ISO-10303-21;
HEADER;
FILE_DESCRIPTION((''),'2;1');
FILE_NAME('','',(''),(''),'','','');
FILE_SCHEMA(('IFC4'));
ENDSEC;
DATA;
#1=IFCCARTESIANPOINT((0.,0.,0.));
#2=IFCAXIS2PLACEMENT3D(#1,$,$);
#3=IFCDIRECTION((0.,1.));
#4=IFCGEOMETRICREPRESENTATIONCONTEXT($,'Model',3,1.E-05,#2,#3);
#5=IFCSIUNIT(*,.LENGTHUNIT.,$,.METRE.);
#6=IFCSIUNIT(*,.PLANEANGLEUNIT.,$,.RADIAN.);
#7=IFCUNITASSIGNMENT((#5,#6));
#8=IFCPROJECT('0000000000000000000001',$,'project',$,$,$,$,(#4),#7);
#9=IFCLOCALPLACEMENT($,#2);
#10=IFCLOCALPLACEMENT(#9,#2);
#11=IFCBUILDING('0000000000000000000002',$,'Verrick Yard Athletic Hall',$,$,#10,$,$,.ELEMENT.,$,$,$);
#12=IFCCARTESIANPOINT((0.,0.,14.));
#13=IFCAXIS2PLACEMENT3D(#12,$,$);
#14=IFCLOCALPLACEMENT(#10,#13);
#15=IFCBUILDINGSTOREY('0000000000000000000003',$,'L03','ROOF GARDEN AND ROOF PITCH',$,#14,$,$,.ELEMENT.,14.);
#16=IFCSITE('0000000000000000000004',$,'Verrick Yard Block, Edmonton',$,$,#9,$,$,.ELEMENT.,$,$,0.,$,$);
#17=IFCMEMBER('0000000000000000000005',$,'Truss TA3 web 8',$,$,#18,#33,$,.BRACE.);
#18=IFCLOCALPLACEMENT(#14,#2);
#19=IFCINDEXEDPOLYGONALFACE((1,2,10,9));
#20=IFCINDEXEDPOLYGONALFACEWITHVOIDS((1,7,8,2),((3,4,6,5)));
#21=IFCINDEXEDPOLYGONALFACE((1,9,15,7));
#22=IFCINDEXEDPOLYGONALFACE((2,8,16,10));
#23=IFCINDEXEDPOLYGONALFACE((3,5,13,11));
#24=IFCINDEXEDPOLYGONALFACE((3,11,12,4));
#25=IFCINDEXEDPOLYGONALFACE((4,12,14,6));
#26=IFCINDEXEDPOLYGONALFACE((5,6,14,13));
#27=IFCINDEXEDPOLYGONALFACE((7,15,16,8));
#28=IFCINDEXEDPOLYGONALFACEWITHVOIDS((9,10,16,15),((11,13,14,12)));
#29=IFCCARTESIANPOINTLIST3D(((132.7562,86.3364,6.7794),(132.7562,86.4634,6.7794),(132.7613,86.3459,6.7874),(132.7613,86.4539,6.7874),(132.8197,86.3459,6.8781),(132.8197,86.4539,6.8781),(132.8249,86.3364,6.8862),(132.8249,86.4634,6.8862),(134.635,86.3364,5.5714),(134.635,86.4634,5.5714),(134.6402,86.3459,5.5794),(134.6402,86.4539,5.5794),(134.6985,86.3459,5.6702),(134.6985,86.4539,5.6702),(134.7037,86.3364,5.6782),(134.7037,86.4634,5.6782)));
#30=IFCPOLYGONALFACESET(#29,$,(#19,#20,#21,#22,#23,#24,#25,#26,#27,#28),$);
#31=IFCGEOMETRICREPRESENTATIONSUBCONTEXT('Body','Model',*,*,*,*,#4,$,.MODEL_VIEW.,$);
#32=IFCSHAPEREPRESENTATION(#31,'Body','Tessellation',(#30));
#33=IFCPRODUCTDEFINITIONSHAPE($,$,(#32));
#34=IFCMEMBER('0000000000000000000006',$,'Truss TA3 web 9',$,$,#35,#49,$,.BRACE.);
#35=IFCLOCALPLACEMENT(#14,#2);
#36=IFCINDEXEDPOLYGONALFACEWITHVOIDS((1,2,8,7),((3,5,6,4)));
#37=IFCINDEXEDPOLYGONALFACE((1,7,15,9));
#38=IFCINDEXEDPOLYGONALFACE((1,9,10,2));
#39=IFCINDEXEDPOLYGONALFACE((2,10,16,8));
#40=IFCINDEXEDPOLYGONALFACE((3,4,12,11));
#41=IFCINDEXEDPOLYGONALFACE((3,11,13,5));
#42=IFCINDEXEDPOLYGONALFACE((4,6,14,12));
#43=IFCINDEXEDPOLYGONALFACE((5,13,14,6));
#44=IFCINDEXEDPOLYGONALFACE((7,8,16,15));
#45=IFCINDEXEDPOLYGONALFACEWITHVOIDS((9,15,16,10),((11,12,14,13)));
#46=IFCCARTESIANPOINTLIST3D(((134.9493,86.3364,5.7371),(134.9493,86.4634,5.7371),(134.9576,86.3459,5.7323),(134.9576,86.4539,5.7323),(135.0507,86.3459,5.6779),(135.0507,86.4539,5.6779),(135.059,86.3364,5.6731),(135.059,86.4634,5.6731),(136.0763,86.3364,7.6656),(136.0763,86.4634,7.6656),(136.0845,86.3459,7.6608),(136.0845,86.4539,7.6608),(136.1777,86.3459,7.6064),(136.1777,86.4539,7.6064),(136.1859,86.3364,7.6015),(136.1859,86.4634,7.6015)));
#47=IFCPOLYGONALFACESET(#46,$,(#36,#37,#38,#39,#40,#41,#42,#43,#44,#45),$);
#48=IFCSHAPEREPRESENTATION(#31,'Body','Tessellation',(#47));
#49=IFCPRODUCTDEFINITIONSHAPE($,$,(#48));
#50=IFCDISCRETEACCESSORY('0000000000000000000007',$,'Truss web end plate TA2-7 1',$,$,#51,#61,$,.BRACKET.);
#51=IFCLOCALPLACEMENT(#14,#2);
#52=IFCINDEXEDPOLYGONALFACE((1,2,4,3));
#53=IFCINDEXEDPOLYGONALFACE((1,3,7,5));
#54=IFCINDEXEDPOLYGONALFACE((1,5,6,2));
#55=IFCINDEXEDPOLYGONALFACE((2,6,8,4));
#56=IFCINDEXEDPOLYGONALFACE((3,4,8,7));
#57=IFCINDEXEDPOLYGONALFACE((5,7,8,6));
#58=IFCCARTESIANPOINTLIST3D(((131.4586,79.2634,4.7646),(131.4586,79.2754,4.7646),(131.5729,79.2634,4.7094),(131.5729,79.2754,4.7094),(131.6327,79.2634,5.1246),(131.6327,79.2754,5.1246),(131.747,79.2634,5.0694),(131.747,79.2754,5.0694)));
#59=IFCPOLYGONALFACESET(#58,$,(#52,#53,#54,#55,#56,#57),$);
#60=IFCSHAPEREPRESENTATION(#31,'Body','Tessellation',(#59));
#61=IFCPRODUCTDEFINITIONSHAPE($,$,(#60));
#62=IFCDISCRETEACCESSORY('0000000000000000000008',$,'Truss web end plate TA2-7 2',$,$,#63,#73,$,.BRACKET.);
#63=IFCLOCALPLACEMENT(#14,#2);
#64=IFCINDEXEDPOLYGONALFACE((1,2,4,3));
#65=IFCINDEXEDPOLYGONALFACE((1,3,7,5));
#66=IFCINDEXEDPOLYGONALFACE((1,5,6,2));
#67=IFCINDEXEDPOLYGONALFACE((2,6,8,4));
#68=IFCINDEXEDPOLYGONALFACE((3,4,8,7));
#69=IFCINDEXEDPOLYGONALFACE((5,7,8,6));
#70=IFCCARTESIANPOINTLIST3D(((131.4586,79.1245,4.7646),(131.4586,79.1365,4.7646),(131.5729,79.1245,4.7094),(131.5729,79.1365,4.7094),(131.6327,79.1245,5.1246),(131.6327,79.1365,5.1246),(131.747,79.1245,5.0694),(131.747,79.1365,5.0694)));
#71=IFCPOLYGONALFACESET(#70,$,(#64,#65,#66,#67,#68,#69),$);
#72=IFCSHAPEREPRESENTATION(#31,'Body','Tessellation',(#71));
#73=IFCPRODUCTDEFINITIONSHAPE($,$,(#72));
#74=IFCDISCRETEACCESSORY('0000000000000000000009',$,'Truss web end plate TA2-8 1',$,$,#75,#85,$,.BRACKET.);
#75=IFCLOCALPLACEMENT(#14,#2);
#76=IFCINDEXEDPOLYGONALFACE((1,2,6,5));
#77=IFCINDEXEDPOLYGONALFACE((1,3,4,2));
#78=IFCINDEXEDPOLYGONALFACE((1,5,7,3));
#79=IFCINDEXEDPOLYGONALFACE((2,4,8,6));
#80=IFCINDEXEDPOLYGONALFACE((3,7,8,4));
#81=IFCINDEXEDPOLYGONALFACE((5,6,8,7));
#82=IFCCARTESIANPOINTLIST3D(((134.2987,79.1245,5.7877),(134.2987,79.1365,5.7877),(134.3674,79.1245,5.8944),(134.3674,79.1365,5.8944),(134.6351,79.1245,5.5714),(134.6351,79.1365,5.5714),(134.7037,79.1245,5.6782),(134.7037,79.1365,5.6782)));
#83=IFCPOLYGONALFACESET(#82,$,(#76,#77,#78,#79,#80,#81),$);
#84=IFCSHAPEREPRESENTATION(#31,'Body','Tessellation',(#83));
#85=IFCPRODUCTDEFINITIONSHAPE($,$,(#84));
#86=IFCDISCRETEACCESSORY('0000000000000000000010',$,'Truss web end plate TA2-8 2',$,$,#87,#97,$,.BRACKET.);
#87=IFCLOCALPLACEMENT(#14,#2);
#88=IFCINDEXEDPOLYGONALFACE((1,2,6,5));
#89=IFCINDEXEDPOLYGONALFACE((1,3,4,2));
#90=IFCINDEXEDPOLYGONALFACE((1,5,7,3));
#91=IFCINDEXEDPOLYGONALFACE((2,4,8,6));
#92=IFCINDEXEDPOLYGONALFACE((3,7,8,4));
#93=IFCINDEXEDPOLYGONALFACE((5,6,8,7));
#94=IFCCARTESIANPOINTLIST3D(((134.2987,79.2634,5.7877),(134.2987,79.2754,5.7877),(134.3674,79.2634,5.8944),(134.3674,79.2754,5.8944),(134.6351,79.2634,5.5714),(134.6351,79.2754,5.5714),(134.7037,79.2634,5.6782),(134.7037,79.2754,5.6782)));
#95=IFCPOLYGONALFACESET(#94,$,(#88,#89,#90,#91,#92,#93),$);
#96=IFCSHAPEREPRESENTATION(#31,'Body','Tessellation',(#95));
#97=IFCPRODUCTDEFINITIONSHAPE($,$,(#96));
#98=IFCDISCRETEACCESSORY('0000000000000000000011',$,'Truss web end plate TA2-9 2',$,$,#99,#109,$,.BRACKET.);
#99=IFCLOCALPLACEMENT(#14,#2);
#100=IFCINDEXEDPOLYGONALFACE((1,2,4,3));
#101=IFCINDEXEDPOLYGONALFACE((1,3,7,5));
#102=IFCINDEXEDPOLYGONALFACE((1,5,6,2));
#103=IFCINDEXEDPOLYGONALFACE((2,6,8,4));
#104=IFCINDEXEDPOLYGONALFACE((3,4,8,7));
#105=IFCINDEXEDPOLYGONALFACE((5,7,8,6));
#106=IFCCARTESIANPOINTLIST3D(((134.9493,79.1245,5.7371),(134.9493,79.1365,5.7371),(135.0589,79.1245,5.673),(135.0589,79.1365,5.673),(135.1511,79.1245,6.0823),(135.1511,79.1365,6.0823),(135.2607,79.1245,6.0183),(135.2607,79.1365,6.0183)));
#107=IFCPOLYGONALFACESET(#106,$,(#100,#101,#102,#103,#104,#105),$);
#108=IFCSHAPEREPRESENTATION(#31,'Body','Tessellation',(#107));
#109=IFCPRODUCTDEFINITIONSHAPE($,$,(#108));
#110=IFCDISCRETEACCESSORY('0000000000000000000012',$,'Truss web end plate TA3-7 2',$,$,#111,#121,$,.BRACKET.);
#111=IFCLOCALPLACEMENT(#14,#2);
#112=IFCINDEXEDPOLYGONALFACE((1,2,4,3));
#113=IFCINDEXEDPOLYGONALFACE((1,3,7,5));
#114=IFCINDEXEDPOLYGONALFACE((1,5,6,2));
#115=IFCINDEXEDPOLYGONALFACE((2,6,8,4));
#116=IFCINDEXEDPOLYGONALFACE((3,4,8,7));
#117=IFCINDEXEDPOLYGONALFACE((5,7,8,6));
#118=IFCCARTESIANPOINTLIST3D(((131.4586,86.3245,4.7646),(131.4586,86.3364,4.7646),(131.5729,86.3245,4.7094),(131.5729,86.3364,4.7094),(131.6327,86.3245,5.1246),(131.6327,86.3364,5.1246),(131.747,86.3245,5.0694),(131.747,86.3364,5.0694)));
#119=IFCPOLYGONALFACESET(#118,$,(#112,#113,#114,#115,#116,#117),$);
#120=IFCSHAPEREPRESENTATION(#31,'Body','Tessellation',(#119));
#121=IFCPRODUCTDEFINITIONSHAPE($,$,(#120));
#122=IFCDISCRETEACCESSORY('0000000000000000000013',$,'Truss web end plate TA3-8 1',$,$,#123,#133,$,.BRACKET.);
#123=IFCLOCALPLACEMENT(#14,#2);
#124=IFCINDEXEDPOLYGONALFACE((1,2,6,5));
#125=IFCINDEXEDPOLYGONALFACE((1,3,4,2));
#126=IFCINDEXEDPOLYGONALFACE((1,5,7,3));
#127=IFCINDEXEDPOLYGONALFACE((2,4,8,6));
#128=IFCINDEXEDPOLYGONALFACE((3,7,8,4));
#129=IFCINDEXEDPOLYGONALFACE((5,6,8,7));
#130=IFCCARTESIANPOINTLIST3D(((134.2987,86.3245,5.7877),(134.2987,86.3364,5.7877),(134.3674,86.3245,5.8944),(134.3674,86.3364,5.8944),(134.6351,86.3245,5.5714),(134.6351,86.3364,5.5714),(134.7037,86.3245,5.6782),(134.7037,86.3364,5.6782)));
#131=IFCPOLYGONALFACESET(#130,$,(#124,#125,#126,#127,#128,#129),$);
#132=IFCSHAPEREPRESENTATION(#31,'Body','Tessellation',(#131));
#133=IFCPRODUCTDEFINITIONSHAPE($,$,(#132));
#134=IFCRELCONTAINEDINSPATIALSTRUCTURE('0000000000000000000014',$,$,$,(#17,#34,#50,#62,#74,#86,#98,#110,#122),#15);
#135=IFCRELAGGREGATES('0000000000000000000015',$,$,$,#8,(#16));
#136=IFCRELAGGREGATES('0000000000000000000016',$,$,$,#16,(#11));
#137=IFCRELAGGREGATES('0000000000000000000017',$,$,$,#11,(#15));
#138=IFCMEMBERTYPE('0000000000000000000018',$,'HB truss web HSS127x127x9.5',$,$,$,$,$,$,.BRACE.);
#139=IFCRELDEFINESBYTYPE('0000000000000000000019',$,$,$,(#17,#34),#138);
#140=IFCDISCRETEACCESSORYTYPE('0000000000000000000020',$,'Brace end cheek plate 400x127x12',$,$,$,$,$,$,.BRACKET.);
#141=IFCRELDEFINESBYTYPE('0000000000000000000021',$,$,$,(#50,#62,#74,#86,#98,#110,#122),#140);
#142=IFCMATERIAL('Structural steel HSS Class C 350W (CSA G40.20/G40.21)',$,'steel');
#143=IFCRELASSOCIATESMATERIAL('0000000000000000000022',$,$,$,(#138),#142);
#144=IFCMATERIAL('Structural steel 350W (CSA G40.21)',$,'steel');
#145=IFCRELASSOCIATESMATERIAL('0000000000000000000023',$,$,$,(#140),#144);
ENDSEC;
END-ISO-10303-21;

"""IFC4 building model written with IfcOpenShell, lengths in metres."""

from ifc_helpers import new_model, si_unit, direction, frame, origin, origin_2d, place, context, subcontext, project, spatial, rectangle, hollow_rectangle, extrude, material, material_profile, profile_set, type_object, element, save


model = new_model("IFC4")

# Units and contexts
model_context = context("Model", 3, precision=1e-05, world=origin(), true_north=direction((0.0, 1.0)))
body_context = subcontext(model_context, "Body", "Model", "MODEL_VIEW")
ifc_project = project(units=[si_unit("LENGTHUNIT", "METRE"), si_unit("PLANEANGLEUNIT", "RADIAN")], contexts=[model_context])

# Site, building, storey
site_placement = place(None, origin())
site = spatial("IfcSite", under=ifc_project, at=site_placement, Name="Verrick Yard Block, Edmonton", CompositionType="ELEMENT", RefElevation=0.0)
building_placement = place(site_placement, origin())
building = spatial("IfcBuilding", under=site, at=building_placement, Name="Verrick Yard Athletic Hall", CompositionType="ELEMENT")
storey_placement = place(building_placement, frame((0.0, 0.0, 14.0)))
storey = spatial("IfcBuildingStorey", under=building, at=storey_placement, Name="L03", Description="ROOF GARDEN AND ROOF PITCH", CompositionType="ELEMENT", Elevation=14.0)

# Members
ifc_material_1 = material(Name="Structural steel HSS Class C 350W (CSA G40.20/G40.21)", Category="steel")
ifc_material_profile_1 = material_profile(ifc_material_1, hollow_rectangle(XDim=0.127, YDim=0.127, WallThickness=0.0095, at=origin_2d()), Name="HSS127x127x9.5")
ifc_profile_set_1 = profile_set([ifc_material_profile_1], Name="Structural steel HSS Class C 350W (CSA G40.20/G40.21)")
member_type_1 = type_object("IfcMemberType", Name="HB truss web HSS127x127x9.5", PredefinedType="BRACE", material=ifc_profile_set_1)
for number, where, z_axis, x_axis, name in (
    (1, (132.7905, 86.3999, 6.8328), (0.84115, 0.0, -0.540802), (0.0, 1.0, 0.0), "Truss TA3 web 8"),
    (2, (135.0042, 86.3999, 5.7051), (0.504544, 0.0, 0.863386), (0.0, 1.0, 0.0), "Truss TA3 web 9"),
):
    element("IfcMember", number, at=place(storey_placement, frame(where, z_axis=z_axis, x_axis=x_axis)), inside=storey, type_object=member_type_1, Name=name, PredefinedType="BRACE", context=body_context, shape_type="SweptSolid", body=[
        extrude(hollow_rectangle(XDim=0.127, YDim=0.127, WallThickness=0.0095, at=origin_2d()), origin(), (0.0, 0.0, 1.0), 2.2336),
    ])

# Discrete accessories
ifc_material_2 = material(Name="Structural steel 350W (CSA G40.21)", Category="steel")
ifc_material_profile_2 = material_profile(ifc_material_2, rectangle(XDim=0.3999, YDim=0.127, at=origin_2d()), Name="Brace end cheek plate")
ifc_profile_set_2 = profile_set([ifc_material_profile_2], Name="Structural steel 350W (CSA G40.21)")
discrete_accessory_type = type_object("IfcDiscreteAccessoryType", Name="Brace end cheek plate 400x127x12", PredefinedType="BRACKET", material=ifc_profile_set_2)
for number, where, z_axis, x_axis, name in (
    (3, (131.6028, 79.2634, 4.917), (0.0, 1.0, 0.0), (0.435417, 0.0, 0.900229), "Truss web end plate TA2-7 1"),
    (4, (131.6028, 79.1365, 4.917), (0.0, -1.0, 0.0), (0.435417, 0.0, 0.900229), "Truss web end plate TA2-7 2"),
    (5, (134.5012, 79.1365, 5.7329), (0.0, -1.0, 0.0), (-0.841141, 0.0, 0.540816), "Truss web end plate TA2-8 1"),
    (6, (134.5012, 79.2634, 5.7329), (0.0, 1.0, 0.0), (-0.841141, 0.0, 0.540816), "Truss web end plate TA2-8 2"),
    (7, (135.105, 79.1365, 5.8777), (0.0, -1.0, 0.0), (0.504597, 0.0, 0.863355), "Truss web end plate TA2-9 2"),
    (8, (131.6028, 86.3364, 4.917), (0.0, -1.0, 0.0), (0.435417, 0.0, 0.900229), "Truss web end plate TA3-7 2"),
    (9, (134.5012, 86.3364, 5.7329), (0.0, -1.0, 0.0), (-0.841141, 0.0, 0.540816), "Truss web end plate TA3-8 1"),
):
    element("IfcDiscreteAccessory", number, at=place(storey_placement, frame(where, z_axis=z_axis, x_axis=x_axis)), inside=storey, type_object=discrete_accessory_type, Name=name, PredefinedType="BRACKET", context=body_context, shape_type="SweptSolid", body=[
        extrude(rectangle(XDim=0.3999, YDim=0.127, at=origin_2d()), origin(), (0.0, 0.0, 1.0), 0.012),
    ])

save(model, "model.ifc")
